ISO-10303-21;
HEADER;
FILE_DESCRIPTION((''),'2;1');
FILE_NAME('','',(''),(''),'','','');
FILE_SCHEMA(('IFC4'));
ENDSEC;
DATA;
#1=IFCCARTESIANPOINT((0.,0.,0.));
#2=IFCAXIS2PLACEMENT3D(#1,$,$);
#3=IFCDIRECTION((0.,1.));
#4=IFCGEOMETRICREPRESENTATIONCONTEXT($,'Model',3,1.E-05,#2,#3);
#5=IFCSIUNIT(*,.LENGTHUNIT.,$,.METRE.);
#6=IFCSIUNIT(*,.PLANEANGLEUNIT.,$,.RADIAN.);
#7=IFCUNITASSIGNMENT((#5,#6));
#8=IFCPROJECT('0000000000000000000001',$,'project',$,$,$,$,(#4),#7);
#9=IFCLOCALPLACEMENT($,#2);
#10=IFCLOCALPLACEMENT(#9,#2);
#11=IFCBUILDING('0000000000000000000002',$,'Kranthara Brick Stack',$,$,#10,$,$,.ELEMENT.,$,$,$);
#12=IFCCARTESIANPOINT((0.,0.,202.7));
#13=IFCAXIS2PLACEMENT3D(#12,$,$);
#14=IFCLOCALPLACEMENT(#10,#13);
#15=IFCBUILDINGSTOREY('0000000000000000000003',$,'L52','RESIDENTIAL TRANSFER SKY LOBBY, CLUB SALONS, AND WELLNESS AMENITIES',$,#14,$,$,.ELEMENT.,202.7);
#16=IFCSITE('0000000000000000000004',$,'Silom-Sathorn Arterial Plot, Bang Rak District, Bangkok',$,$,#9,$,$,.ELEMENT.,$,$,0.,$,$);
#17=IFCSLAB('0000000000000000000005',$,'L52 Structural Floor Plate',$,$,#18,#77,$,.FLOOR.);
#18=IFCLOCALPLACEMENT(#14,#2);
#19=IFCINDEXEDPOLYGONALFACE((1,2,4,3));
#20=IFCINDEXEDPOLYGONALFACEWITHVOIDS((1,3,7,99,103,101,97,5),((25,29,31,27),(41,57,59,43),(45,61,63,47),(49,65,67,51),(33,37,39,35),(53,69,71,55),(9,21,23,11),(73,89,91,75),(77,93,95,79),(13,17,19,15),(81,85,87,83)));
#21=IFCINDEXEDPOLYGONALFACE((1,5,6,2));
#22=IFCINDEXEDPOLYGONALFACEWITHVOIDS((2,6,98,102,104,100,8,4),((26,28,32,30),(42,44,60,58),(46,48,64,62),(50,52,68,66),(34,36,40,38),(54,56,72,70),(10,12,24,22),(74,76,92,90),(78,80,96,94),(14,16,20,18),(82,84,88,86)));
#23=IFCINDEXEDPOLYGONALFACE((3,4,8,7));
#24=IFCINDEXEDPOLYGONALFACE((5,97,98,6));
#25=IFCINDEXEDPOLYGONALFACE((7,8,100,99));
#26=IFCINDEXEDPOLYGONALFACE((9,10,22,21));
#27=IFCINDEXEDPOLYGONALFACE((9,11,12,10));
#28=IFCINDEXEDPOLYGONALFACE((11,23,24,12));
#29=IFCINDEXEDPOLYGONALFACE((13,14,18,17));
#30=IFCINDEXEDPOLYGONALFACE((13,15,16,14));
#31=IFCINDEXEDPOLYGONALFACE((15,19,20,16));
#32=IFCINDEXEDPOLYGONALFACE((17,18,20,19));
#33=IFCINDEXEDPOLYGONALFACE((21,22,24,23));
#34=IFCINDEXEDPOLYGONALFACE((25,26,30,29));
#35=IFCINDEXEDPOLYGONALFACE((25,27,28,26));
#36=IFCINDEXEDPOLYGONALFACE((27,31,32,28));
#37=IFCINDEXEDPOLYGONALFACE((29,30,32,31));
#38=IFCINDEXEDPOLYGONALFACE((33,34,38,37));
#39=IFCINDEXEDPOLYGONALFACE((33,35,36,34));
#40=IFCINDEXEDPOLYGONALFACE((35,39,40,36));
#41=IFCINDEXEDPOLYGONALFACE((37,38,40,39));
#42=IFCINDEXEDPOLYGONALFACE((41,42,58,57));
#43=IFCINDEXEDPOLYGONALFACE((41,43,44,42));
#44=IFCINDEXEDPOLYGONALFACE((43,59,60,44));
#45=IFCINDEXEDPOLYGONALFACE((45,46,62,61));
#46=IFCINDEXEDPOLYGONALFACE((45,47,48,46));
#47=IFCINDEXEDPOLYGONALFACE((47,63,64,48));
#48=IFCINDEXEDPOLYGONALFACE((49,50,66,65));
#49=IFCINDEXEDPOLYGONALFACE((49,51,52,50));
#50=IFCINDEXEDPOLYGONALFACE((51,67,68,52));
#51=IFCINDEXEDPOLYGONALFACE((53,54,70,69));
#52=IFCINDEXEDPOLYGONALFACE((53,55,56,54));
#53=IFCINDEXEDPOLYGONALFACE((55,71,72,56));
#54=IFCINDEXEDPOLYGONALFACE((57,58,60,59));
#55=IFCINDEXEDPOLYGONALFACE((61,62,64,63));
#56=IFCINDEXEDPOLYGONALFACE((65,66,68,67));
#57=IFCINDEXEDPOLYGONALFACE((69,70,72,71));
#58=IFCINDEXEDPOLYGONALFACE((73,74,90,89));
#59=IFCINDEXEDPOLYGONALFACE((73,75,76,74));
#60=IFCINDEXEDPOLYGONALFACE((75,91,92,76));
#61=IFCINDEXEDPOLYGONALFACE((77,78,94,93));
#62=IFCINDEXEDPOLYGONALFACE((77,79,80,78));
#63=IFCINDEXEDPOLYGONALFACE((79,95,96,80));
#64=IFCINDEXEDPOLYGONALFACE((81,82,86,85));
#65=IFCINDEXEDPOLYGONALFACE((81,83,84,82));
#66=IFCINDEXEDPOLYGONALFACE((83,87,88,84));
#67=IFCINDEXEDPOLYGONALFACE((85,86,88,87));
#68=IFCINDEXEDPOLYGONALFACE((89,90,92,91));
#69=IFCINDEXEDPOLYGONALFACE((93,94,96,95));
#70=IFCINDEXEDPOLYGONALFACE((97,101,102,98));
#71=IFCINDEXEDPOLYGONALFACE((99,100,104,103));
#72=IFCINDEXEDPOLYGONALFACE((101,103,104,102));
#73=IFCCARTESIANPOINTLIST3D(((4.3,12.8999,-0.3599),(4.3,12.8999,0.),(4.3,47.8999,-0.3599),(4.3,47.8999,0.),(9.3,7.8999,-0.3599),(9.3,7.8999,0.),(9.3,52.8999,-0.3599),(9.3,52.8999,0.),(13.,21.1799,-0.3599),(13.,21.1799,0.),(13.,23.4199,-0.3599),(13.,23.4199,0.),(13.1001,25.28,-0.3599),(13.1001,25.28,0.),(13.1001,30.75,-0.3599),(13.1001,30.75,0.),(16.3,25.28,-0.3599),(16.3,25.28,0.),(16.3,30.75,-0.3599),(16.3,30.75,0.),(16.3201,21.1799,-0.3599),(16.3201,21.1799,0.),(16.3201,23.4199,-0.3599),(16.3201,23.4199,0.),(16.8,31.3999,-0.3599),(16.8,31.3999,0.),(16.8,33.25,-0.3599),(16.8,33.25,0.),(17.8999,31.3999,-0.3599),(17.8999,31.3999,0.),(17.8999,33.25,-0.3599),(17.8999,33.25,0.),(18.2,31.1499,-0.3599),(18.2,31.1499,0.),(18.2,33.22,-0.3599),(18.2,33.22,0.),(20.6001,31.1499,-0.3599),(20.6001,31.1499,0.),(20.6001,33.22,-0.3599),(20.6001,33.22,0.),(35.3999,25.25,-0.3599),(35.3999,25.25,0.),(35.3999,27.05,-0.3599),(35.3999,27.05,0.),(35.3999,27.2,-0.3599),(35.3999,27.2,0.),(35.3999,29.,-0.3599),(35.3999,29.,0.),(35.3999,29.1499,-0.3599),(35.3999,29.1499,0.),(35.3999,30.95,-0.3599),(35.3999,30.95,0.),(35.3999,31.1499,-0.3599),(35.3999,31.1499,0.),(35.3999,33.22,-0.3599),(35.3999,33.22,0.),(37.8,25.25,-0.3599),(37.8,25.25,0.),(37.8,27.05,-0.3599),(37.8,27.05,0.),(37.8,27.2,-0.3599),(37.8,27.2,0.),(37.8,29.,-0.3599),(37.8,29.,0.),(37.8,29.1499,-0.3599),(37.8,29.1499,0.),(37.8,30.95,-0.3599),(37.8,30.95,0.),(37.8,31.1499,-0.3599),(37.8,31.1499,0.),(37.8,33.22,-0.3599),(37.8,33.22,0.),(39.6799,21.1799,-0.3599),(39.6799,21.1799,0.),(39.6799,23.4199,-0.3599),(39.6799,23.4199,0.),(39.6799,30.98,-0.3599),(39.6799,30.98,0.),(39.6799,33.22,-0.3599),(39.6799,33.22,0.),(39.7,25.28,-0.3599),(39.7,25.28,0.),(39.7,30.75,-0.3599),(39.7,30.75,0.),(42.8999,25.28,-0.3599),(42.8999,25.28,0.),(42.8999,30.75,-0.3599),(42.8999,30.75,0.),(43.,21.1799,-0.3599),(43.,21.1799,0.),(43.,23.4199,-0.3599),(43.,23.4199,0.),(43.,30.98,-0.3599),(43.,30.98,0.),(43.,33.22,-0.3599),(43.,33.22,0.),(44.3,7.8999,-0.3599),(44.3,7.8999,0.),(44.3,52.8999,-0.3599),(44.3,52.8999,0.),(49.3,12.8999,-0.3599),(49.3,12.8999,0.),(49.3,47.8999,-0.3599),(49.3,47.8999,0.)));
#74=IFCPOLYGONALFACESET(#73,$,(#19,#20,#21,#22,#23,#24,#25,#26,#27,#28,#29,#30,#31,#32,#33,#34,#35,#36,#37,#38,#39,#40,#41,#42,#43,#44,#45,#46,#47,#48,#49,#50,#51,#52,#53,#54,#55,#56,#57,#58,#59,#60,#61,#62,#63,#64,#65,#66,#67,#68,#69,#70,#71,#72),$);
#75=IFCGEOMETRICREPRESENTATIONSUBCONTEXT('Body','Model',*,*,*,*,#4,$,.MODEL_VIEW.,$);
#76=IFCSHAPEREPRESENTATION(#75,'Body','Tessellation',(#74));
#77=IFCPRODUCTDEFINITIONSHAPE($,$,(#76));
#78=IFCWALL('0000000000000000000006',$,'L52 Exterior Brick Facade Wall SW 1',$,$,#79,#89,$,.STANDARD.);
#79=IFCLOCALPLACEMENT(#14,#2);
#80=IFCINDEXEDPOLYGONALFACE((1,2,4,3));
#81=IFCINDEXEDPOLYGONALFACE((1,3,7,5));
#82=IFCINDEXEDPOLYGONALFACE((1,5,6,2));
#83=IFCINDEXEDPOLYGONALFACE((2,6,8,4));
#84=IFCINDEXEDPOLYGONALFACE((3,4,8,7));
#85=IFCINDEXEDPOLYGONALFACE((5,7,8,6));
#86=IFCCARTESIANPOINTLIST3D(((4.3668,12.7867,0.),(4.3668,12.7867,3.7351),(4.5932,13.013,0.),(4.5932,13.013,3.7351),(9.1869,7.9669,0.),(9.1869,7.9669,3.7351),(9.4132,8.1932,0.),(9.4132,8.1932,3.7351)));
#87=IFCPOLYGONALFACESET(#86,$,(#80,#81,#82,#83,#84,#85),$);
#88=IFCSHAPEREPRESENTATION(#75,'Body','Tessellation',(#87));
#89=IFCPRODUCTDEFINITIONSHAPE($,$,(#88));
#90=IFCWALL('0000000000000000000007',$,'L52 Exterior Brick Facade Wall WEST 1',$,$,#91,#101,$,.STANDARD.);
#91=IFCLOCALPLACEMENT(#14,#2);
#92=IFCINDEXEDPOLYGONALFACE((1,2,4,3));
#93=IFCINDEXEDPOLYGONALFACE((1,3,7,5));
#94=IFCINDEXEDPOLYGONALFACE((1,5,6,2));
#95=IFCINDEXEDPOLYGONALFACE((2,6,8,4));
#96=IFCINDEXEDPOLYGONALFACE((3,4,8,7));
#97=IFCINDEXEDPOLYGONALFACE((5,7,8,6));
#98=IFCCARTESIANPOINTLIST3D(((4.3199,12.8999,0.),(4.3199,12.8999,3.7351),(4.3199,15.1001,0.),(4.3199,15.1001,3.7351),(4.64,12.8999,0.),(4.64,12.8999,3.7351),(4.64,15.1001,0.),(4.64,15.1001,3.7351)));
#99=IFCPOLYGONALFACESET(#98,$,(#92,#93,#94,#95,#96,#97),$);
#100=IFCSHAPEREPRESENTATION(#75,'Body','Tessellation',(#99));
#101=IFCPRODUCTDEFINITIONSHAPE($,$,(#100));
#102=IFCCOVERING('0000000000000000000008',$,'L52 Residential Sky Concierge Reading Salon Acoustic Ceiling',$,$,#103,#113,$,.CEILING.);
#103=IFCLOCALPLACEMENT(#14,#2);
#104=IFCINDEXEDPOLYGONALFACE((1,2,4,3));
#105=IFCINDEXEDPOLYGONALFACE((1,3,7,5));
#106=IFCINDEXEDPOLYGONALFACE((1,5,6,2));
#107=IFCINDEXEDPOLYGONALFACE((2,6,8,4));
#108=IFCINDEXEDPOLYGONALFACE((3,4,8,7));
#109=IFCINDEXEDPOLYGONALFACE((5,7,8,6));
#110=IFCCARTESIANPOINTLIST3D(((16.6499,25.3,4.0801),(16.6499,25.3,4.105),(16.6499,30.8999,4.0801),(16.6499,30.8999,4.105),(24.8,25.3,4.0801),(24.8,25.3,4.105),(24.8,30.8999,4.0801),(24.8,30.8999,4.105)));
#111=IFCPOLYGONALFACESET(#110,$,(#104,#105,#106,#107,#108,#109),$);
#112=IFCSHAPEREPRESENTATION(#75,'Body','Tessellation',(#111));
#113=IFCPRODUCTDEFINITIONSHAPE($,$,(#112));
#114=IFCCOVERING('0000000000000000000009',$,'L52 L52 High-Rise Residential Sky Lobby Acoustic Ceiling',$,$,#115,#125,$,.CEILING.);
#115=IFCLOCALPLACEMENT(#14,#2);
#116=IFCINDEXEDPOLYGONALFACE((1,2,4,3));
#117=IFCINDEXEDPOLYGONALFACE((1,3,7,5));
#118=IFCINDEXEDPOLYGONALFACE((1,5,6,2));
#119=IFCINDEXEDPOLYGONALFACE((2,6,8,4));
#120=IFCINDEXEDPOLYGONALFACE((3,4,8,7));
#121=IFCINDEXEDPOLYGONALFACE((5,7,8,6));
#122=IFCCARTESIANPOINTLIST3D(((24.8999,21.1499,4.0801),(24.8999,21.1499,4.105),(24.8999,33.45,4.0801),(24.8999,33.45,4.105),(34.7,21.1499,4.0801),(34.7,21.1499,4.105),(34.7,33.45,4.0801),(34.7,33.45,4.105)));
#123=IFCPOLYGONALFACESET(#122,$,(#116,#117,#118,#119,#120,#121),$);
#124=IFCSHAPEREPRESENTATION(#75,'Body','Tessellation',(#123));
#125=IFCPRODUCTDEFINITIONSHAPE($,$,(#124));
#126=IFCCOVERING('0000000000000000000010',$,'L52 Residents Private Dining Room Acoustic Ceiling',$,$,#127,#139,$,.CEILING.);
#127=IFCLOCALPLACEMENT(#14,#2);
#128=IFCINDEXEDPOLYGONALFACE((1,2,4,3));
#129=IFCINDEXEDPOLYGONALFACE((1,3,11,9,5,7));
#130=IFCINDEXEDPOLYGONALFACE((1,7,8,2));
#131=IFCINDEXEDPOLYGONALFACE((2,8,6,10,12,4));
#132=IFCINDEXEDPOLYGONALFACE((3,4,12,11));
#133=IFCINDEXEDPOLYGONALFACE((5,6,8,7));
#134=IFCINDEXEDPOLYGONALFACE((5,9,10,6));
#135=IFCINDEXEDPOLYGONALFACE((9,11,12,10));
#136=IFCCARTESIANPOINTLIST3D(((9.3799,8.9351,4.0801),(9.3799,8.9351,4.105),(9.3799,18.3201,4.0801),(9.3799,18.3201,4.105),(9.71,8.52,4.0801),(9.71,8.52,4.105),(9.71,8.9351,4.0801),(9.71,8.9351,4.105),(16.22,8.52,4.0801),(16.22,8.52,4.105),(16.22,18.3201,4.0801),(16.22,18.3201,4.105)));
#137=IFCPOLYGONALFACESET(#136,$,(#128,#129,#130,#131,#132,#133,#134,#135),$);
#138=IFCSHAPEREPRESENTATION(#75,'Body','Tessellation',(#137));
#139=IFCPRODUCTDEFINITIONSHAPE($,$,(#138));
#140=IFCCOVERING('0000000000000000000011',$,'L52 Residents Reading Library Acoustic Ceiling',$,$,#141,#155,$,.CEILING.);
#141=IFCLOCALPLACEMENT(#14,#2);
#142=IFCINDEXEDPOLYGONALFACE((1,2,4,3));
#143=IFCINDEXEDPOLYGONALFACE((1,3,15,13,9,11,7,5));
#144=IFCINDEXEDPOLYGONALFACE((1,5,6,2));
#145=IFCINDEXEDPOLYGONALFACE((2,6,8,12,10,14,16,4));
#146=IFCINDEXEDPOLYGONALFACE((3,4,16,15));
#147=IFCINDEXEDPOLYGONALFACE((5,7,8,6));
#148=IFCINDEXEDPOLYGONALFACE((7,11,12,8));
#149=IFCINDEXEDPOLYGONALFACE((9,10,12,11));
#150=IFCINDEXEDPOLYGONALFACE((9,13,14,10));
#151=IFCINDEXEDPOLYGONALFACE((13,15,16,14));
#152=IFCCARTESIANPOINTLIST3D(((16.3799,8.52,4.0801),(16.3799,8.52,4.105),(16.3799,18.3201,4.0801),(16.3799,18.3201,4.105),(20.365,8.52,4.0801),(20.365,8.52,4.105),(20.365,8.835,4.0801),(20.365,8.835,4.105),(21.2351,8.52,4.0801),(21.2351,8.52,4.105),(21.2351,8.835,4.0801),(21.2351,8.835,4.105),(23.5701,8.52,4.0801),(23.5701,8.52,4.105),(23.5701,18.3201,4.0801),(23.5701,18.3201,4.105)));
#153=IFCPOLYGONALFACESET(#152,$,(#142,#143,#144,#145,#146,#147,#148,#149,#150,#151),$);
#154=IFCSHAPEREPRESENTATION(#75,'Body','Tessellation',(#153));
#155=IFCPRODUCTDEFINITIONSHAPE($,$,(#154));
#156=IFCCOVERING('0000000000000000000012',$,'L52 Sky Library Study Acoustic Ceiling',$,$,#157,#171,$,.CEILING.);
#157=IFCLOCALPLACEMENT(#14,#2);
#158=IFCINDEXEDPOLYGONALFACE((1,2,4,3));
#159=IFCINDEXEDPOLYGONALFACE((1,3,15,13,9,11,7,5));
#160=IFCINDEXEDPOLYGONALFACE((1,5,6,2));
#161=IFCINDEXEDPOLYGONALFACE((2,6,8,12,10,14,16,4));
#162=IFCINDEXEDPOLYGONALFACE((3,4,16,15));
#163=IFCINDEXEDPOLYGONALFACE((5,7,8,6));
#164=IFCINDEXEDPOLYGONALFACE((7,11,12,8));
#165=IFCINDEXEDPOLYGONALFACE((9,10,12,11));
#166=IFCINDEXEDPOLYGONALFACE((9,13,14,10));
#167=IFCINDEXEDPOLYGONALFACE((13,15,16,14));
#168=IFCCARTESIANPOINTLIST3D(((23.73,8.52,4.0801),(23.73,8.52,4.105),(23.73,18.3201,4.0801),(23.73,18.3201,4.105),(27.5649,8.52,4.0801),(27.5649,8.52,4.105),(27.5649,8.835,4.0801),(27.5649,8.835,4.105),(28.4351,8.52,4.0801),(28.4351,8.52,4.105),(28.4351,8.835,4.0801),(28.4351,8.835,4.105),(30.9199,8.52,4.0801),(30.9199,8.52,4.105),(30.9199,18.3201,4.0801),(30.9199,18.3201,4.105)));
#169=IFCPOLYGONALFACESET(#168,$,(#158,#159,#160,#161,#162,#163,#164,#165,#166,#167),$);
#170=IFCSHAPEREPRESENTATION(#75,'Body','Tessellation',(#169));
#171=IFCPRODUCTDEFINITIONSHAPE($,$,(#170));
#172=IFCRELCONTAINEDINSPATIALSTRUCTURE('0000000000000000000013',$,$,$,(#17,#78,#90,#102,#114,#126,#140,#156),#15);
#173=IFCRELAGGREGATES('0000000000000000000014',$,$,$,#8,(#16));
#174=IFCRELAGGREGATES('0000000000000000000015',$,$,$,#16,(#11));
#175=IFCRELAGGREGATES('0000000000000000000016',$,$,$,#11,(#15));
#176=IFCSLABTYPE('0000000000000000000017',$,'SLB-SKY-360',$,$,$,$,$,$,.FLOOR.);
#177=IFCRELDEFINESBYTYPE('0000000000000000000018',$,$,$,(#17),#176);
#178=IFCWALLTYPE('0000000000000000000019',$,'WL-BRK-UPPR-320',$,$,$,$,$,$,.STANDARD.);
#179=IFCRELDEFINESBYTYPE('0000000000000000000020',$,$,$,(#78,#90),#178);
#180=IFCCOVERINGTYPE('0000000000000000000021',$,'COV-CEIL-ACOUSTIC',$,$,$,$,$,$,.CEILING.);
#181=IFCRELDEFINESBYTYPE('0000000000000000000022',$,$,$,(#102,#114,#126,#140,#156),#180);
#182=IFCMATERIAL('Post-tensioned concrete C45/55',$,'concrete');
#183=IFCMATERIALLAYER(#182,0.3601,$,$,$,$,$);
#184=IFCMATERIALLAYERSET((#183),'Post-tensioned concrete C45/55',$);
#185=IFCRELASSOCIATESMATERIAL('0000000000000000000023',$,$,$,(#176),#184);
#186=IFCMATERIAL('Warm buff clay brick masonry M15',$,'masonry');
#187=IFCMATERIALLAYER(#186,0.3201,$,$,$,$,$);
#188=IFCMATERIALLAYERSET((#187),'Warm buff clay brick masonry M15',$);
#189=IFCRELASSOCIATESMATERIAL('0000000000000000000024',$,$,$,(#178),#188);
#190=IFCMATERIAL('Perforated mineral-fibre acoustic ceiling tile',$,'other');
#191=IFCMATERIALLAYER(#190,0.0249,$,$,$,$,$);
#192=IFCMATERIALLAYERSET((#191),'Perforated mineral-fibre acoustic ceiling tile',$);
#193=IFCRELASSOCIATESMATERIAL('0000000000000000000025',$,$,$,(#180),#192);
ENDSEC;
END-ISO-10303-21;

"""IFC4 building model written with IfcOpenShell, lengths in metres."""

from ifc_helpers import new_model, si_unit, direction, frame, frame_2d, origin, place, context, subcontext, project, spatial, polyline, rectangle, outline, extrude, material, layer, layer_set, type_object, element, save


model = new_model("IFC4")

# Units and contexts
model_context = context("Model", 3, precision=1e-05, world=origin(), true_north=direction((0.0, 1.0)))
body_context = subcontext(model_context, "Body", "Model", "MODEL_VIEW")
ifc_project = project(units=[si_unit("LENGTHUNIT", "METRE"), si_unit("PLANEANGLEUNIT", "RADIAN")], contexts=[model_context])

# Site, building, storey
site_placement = place(None, origin())
site = spatial("IfcSite", under=ifc_project, at=site_placement, Name="Silom-Sathorn Arterial Plot, Bang Rak District, Bangkok", CompositionType="ELEMENT", RefElevation=0.0)
building_placement = place(site_placement, origin())
building = spatial("IfcBuilding", under=site, at=building_placement, Name="Kranthara Brick Stack", CompositionType="ELEMENT")
storey_placement = place(building_placement, frame((0.0, 0.0, 202.7)))
storey = spatial("IfcBuildingStorey", under=building, at=storey_placement, Name="L52", Description="RESIDENTIAL TRANSFER SKY LOBBY, CLUB SALONS, AND WELLNESS AMENITIES", CompositionType="ELEMENT", Elevation=202.7)

# Slab
ifc_material_1 = material(Name="Post-tensioned concrete C45/55", Category="concrete")
ifc_layer_1 = layer(ifc_material_1, 0.3601)
ifc_layer_set_1 = layer_set([ifc_layer_1], Name="Post-tensioned concrete C45/55")
slab_type_1 = type_object("IfcSlabType", Name="SLB-SKY-360", PredefinedType="FLOOR", material=ifc_layer_set_1)
slab_1_placement = place(storey_placement, frame((0.0, 0.0, -0.3599)))
element("IfcSlab", 1, at=slab_1_placement, inside=storey, type_object=slab_type_1, Name="L52 Structural Floor Plate", PredefinedType="FLOOR", context=body_context, shape_type="SweptSolid", body=[
    extrude(outline(polyline([(9.3, 7.8999), (44.3, 7.8999), (49.3, 12.8999), (49.3, 47.8999), (44.3, 52.8999), (9.3, 52.8999), (4.3, 47.8999), (4.3, 12.8999), (9.3, 7.8999)]), holes=[polyline([(13.1001, 25.28), (16.3, 25.28), (16.3, 30.75), (13.1001, 30.75), (13.1001, 25.28)]), polyline([(39.7, 25.28), (42.8999, 25.28), (42.8999, 30.75), (39.7, 30.75), (39.7, 25.28)]), polyline([(13.0, 21.1799), (16.3201, 21.1799), (16.3201, 23.4199), (13.0, 23.4199), (13.0, 21.1799)]), polyline([(39.6799, 21.1799), (43.0, 21.1799), (43.0, 23.4199), (39.6799, 23.4199), (39.6799, 21.1799)]), polyline([(39.6799, 30.98), (43.0, 30.98), (43.0, 33.22), (39.6799, 33.22), (39.6799, 30.98)]), polyline([(35.3999, 25.25), (37.8, 25.25), (37.8, 27.05), (35.3999, 27.05), (35.3999, 25.25)]), polyline([(35.3999, 27.2), (37.8, 27.2), (37.8, 29.0), (35.3999, 29.0), (35.3999, 27.2)]), polyline([(35.3999, 29.1499), (37.8, 29.1499), (37.8, 30.95), (35.3999, 30.95), (35.3999, 29.1499)]), polyline([(18.2, 31.1499), (20.6001, 31.1499), (20.6001, 33.22), (18.2, 33.22), (18.2, 31.1499)]), polyline([(35.3999, 31.1499), (37.8, 31.1499), (37.8, 33.22), (35.3999, 33.22), (35.3999, 31.1499)]), polyline([(16.8, 31.3999), (17.8999, 31.3999), (17.8999, 33.25), (16.8, 33.25), (16.8, 31.3999)])]), origin(), (0.0, 0.0, 1.0), 0.3599),
])

# Walls
ifc_material_2 = material(Name="Warm buff clay brick masonry M15", Category="masonry")
ifc_layer_2 = layer(ifc_material_2, 0.3201)
ifc_layer_set_2 = layer_set([ifc_layer_2], Name="Warm buff clay brick masonry M15")
wall_type = type_object("IfcWallType", Name="WL-BRK-UPPR-320", PredefinedType="STANDARD", material=ifc_layer_set_2)
wall_1_placement = place(storey_placement, frame((9.3, 8.0801, 0.0), z_axis=(0.0, 0.0, 1.0), x_axis=(-0.707125, 0.707089, 0.0)))
element("IfcWall", 2, at=wall_1_placement, inside=storey, type_object=wall_type, Name="L52 Exterior Brick Facade Wall SW 1", PredefinedType="STANDARD", context=body_context, shape_type="SweptSolid", body=[
    extrude(rectangle(XDim=6.8164, YDim=0.3201, at=frame_2d((3.4082, 0.0))), origin(), (0.0, 0.0, 1.0), 3.7351),
])
wall_2_placement = place(storey_placement, frame((4.48, 12.8999, 0.0), z_axis=(0.0, 0.0, 1.0), x_axis=(0.0, 1.0, 0.0)))
element("IfcWall", 3, at=wall_2_placement, inside=storey, type_object=wall_type, Name="L52 Exterior Brick Facade Wall WEST 1", PredefinedType="STANDARD", context=body_context, shape_type="SweptSolid", body=[
    extrude(rectangle(XDim=2.2002, YDim=0.3201, at=frame_2d((1.1001, 0.0))), origin(), (0.0, 0.0, 1.0), 3.7351),
])

# Coverings
ifc_material_3 = material(Name="Perforated mineral-fibre acoustic ceiling tile", Category="other")
ifc_layer_3 = layer(ifc_material_3, 0.0249)
ifc_layer_set_3 = layer_set([ifc_layer_3], Name="Perforated mineral-fibre acoustic ceiling tile")
covering_type_1 = type_object("IfcCoveringType", Name="COV-CEIL-ACOUSTIC", PredefinedType="CEILING", material=ifc_layer_set_3)
covering_1_placement = place(storey_placement, frame((0.0, 0.0, 4.0801)))
element("IfcCovering", 4, at=covering_1_placement, inside=storey, type_object=covering_type_1, Name="L52 Residential Sky Concierge Reading Salon Acoustic Ceiling", PredefinedType="CEILING", context=body_context, shape_type="SweptSolid", body=[
    extrude(outline(polyline([(24.8, 25.3), (24.8, 30.8999), (16.6499, 30.8999), (16.6499, 25.3), (24.8, 25.3)])), origin(), (0.0, 0.0, 1.0), 0.0249),
])
covering_2_placement = place(storey_placement, frame((0.0, 0.0, 4.0801)))
element("IfcCovering", 5, at=covering_2_placement, inside=storey, type_object=covering_type_1, Name="L52 L52 High-Rise Residential Sky Lobby Acoustic Ceiling", PredefinedType="CEILING", context=body_context, shape_type="SweptSolid", body=[
    extrude(outline(polyline([(34.7, 21.1499), (34.7, 33.45), (24.8999, 33.45), (24.8999, 21.1499), (34.7, 21.1499)])), origin(), (0.0, 0.0, 1.0), 0.0249),
])
covering_3_placement = place(storey_placement, frame((0.0, 0.0, 4.0801)))
element("IfcCovering", 6, at=covering_3_placement, inside=storey, type_object=covering_type_1, Name="L52 Residents Private Dining Room Acoustic Ceiling", PredefinedType="CEILING", context=body_context, shape_type="SweptSolid", body=[
    extrude(outline(polyline([(9.3799, 18.3201), (16.22, 18.3201), (16.22, 8.52), (9.71, 8.52), (9.71, 8.9351), (9.3799, 8.9351), (9.3799, 18.3201)])), origin(), (0.0, 0.0, 1.0), 0.0249),
])
covering_4_placement = place(storey_placement, frame((0.0, 0.0, 4.0801)))
element("IfcCovering", 7, at=covering_4_placement, inside=storey, type_object=covering_type_1, Name="L52 Residents Reading Library Acoustic Ceiling", PredefinedType="CEILING", context=body_context, shape_type="SweptSolid", body=[
    extrude(outline(polyline([(16.3799, 8.52), (16.3799, 18.3201), (23.5701, 18.3201), (23.5701, 8.52), (21.2351, 8.52), (21.2351, 8.835), (20.365, 8.835), (20.365, 8.52), (16.3799, 8.52)])), origin(), (0.0, 0.0, 1.0), 0.0249),
])
covering_5_placement = place(storey_placement, frame((0.0, 0.0, 4.0801)))
element("IfcCovering", 8, at=covering_5_placement, inside=storey, type_object=covering_type_1, Name="L52 Sky Library Study Acoustic Ceiling", PredefinedType="CEILING", context=body_context, shape_type="SweptSolid", body=[
    extrude(outline(polyline([(23.73, 8.52), (23.73, 18.3201), (30.9199, 18.3201), (30.9199, 8.52), (28.4351, 8.52), (28.4351, 8.835), (27.5649, 8.835), (27.5649, 8.52), (23.73, 8.52)])), origin(), (0.0, 0.0, 1.0), 0.0249),
])

save(model, "model.ifc")
